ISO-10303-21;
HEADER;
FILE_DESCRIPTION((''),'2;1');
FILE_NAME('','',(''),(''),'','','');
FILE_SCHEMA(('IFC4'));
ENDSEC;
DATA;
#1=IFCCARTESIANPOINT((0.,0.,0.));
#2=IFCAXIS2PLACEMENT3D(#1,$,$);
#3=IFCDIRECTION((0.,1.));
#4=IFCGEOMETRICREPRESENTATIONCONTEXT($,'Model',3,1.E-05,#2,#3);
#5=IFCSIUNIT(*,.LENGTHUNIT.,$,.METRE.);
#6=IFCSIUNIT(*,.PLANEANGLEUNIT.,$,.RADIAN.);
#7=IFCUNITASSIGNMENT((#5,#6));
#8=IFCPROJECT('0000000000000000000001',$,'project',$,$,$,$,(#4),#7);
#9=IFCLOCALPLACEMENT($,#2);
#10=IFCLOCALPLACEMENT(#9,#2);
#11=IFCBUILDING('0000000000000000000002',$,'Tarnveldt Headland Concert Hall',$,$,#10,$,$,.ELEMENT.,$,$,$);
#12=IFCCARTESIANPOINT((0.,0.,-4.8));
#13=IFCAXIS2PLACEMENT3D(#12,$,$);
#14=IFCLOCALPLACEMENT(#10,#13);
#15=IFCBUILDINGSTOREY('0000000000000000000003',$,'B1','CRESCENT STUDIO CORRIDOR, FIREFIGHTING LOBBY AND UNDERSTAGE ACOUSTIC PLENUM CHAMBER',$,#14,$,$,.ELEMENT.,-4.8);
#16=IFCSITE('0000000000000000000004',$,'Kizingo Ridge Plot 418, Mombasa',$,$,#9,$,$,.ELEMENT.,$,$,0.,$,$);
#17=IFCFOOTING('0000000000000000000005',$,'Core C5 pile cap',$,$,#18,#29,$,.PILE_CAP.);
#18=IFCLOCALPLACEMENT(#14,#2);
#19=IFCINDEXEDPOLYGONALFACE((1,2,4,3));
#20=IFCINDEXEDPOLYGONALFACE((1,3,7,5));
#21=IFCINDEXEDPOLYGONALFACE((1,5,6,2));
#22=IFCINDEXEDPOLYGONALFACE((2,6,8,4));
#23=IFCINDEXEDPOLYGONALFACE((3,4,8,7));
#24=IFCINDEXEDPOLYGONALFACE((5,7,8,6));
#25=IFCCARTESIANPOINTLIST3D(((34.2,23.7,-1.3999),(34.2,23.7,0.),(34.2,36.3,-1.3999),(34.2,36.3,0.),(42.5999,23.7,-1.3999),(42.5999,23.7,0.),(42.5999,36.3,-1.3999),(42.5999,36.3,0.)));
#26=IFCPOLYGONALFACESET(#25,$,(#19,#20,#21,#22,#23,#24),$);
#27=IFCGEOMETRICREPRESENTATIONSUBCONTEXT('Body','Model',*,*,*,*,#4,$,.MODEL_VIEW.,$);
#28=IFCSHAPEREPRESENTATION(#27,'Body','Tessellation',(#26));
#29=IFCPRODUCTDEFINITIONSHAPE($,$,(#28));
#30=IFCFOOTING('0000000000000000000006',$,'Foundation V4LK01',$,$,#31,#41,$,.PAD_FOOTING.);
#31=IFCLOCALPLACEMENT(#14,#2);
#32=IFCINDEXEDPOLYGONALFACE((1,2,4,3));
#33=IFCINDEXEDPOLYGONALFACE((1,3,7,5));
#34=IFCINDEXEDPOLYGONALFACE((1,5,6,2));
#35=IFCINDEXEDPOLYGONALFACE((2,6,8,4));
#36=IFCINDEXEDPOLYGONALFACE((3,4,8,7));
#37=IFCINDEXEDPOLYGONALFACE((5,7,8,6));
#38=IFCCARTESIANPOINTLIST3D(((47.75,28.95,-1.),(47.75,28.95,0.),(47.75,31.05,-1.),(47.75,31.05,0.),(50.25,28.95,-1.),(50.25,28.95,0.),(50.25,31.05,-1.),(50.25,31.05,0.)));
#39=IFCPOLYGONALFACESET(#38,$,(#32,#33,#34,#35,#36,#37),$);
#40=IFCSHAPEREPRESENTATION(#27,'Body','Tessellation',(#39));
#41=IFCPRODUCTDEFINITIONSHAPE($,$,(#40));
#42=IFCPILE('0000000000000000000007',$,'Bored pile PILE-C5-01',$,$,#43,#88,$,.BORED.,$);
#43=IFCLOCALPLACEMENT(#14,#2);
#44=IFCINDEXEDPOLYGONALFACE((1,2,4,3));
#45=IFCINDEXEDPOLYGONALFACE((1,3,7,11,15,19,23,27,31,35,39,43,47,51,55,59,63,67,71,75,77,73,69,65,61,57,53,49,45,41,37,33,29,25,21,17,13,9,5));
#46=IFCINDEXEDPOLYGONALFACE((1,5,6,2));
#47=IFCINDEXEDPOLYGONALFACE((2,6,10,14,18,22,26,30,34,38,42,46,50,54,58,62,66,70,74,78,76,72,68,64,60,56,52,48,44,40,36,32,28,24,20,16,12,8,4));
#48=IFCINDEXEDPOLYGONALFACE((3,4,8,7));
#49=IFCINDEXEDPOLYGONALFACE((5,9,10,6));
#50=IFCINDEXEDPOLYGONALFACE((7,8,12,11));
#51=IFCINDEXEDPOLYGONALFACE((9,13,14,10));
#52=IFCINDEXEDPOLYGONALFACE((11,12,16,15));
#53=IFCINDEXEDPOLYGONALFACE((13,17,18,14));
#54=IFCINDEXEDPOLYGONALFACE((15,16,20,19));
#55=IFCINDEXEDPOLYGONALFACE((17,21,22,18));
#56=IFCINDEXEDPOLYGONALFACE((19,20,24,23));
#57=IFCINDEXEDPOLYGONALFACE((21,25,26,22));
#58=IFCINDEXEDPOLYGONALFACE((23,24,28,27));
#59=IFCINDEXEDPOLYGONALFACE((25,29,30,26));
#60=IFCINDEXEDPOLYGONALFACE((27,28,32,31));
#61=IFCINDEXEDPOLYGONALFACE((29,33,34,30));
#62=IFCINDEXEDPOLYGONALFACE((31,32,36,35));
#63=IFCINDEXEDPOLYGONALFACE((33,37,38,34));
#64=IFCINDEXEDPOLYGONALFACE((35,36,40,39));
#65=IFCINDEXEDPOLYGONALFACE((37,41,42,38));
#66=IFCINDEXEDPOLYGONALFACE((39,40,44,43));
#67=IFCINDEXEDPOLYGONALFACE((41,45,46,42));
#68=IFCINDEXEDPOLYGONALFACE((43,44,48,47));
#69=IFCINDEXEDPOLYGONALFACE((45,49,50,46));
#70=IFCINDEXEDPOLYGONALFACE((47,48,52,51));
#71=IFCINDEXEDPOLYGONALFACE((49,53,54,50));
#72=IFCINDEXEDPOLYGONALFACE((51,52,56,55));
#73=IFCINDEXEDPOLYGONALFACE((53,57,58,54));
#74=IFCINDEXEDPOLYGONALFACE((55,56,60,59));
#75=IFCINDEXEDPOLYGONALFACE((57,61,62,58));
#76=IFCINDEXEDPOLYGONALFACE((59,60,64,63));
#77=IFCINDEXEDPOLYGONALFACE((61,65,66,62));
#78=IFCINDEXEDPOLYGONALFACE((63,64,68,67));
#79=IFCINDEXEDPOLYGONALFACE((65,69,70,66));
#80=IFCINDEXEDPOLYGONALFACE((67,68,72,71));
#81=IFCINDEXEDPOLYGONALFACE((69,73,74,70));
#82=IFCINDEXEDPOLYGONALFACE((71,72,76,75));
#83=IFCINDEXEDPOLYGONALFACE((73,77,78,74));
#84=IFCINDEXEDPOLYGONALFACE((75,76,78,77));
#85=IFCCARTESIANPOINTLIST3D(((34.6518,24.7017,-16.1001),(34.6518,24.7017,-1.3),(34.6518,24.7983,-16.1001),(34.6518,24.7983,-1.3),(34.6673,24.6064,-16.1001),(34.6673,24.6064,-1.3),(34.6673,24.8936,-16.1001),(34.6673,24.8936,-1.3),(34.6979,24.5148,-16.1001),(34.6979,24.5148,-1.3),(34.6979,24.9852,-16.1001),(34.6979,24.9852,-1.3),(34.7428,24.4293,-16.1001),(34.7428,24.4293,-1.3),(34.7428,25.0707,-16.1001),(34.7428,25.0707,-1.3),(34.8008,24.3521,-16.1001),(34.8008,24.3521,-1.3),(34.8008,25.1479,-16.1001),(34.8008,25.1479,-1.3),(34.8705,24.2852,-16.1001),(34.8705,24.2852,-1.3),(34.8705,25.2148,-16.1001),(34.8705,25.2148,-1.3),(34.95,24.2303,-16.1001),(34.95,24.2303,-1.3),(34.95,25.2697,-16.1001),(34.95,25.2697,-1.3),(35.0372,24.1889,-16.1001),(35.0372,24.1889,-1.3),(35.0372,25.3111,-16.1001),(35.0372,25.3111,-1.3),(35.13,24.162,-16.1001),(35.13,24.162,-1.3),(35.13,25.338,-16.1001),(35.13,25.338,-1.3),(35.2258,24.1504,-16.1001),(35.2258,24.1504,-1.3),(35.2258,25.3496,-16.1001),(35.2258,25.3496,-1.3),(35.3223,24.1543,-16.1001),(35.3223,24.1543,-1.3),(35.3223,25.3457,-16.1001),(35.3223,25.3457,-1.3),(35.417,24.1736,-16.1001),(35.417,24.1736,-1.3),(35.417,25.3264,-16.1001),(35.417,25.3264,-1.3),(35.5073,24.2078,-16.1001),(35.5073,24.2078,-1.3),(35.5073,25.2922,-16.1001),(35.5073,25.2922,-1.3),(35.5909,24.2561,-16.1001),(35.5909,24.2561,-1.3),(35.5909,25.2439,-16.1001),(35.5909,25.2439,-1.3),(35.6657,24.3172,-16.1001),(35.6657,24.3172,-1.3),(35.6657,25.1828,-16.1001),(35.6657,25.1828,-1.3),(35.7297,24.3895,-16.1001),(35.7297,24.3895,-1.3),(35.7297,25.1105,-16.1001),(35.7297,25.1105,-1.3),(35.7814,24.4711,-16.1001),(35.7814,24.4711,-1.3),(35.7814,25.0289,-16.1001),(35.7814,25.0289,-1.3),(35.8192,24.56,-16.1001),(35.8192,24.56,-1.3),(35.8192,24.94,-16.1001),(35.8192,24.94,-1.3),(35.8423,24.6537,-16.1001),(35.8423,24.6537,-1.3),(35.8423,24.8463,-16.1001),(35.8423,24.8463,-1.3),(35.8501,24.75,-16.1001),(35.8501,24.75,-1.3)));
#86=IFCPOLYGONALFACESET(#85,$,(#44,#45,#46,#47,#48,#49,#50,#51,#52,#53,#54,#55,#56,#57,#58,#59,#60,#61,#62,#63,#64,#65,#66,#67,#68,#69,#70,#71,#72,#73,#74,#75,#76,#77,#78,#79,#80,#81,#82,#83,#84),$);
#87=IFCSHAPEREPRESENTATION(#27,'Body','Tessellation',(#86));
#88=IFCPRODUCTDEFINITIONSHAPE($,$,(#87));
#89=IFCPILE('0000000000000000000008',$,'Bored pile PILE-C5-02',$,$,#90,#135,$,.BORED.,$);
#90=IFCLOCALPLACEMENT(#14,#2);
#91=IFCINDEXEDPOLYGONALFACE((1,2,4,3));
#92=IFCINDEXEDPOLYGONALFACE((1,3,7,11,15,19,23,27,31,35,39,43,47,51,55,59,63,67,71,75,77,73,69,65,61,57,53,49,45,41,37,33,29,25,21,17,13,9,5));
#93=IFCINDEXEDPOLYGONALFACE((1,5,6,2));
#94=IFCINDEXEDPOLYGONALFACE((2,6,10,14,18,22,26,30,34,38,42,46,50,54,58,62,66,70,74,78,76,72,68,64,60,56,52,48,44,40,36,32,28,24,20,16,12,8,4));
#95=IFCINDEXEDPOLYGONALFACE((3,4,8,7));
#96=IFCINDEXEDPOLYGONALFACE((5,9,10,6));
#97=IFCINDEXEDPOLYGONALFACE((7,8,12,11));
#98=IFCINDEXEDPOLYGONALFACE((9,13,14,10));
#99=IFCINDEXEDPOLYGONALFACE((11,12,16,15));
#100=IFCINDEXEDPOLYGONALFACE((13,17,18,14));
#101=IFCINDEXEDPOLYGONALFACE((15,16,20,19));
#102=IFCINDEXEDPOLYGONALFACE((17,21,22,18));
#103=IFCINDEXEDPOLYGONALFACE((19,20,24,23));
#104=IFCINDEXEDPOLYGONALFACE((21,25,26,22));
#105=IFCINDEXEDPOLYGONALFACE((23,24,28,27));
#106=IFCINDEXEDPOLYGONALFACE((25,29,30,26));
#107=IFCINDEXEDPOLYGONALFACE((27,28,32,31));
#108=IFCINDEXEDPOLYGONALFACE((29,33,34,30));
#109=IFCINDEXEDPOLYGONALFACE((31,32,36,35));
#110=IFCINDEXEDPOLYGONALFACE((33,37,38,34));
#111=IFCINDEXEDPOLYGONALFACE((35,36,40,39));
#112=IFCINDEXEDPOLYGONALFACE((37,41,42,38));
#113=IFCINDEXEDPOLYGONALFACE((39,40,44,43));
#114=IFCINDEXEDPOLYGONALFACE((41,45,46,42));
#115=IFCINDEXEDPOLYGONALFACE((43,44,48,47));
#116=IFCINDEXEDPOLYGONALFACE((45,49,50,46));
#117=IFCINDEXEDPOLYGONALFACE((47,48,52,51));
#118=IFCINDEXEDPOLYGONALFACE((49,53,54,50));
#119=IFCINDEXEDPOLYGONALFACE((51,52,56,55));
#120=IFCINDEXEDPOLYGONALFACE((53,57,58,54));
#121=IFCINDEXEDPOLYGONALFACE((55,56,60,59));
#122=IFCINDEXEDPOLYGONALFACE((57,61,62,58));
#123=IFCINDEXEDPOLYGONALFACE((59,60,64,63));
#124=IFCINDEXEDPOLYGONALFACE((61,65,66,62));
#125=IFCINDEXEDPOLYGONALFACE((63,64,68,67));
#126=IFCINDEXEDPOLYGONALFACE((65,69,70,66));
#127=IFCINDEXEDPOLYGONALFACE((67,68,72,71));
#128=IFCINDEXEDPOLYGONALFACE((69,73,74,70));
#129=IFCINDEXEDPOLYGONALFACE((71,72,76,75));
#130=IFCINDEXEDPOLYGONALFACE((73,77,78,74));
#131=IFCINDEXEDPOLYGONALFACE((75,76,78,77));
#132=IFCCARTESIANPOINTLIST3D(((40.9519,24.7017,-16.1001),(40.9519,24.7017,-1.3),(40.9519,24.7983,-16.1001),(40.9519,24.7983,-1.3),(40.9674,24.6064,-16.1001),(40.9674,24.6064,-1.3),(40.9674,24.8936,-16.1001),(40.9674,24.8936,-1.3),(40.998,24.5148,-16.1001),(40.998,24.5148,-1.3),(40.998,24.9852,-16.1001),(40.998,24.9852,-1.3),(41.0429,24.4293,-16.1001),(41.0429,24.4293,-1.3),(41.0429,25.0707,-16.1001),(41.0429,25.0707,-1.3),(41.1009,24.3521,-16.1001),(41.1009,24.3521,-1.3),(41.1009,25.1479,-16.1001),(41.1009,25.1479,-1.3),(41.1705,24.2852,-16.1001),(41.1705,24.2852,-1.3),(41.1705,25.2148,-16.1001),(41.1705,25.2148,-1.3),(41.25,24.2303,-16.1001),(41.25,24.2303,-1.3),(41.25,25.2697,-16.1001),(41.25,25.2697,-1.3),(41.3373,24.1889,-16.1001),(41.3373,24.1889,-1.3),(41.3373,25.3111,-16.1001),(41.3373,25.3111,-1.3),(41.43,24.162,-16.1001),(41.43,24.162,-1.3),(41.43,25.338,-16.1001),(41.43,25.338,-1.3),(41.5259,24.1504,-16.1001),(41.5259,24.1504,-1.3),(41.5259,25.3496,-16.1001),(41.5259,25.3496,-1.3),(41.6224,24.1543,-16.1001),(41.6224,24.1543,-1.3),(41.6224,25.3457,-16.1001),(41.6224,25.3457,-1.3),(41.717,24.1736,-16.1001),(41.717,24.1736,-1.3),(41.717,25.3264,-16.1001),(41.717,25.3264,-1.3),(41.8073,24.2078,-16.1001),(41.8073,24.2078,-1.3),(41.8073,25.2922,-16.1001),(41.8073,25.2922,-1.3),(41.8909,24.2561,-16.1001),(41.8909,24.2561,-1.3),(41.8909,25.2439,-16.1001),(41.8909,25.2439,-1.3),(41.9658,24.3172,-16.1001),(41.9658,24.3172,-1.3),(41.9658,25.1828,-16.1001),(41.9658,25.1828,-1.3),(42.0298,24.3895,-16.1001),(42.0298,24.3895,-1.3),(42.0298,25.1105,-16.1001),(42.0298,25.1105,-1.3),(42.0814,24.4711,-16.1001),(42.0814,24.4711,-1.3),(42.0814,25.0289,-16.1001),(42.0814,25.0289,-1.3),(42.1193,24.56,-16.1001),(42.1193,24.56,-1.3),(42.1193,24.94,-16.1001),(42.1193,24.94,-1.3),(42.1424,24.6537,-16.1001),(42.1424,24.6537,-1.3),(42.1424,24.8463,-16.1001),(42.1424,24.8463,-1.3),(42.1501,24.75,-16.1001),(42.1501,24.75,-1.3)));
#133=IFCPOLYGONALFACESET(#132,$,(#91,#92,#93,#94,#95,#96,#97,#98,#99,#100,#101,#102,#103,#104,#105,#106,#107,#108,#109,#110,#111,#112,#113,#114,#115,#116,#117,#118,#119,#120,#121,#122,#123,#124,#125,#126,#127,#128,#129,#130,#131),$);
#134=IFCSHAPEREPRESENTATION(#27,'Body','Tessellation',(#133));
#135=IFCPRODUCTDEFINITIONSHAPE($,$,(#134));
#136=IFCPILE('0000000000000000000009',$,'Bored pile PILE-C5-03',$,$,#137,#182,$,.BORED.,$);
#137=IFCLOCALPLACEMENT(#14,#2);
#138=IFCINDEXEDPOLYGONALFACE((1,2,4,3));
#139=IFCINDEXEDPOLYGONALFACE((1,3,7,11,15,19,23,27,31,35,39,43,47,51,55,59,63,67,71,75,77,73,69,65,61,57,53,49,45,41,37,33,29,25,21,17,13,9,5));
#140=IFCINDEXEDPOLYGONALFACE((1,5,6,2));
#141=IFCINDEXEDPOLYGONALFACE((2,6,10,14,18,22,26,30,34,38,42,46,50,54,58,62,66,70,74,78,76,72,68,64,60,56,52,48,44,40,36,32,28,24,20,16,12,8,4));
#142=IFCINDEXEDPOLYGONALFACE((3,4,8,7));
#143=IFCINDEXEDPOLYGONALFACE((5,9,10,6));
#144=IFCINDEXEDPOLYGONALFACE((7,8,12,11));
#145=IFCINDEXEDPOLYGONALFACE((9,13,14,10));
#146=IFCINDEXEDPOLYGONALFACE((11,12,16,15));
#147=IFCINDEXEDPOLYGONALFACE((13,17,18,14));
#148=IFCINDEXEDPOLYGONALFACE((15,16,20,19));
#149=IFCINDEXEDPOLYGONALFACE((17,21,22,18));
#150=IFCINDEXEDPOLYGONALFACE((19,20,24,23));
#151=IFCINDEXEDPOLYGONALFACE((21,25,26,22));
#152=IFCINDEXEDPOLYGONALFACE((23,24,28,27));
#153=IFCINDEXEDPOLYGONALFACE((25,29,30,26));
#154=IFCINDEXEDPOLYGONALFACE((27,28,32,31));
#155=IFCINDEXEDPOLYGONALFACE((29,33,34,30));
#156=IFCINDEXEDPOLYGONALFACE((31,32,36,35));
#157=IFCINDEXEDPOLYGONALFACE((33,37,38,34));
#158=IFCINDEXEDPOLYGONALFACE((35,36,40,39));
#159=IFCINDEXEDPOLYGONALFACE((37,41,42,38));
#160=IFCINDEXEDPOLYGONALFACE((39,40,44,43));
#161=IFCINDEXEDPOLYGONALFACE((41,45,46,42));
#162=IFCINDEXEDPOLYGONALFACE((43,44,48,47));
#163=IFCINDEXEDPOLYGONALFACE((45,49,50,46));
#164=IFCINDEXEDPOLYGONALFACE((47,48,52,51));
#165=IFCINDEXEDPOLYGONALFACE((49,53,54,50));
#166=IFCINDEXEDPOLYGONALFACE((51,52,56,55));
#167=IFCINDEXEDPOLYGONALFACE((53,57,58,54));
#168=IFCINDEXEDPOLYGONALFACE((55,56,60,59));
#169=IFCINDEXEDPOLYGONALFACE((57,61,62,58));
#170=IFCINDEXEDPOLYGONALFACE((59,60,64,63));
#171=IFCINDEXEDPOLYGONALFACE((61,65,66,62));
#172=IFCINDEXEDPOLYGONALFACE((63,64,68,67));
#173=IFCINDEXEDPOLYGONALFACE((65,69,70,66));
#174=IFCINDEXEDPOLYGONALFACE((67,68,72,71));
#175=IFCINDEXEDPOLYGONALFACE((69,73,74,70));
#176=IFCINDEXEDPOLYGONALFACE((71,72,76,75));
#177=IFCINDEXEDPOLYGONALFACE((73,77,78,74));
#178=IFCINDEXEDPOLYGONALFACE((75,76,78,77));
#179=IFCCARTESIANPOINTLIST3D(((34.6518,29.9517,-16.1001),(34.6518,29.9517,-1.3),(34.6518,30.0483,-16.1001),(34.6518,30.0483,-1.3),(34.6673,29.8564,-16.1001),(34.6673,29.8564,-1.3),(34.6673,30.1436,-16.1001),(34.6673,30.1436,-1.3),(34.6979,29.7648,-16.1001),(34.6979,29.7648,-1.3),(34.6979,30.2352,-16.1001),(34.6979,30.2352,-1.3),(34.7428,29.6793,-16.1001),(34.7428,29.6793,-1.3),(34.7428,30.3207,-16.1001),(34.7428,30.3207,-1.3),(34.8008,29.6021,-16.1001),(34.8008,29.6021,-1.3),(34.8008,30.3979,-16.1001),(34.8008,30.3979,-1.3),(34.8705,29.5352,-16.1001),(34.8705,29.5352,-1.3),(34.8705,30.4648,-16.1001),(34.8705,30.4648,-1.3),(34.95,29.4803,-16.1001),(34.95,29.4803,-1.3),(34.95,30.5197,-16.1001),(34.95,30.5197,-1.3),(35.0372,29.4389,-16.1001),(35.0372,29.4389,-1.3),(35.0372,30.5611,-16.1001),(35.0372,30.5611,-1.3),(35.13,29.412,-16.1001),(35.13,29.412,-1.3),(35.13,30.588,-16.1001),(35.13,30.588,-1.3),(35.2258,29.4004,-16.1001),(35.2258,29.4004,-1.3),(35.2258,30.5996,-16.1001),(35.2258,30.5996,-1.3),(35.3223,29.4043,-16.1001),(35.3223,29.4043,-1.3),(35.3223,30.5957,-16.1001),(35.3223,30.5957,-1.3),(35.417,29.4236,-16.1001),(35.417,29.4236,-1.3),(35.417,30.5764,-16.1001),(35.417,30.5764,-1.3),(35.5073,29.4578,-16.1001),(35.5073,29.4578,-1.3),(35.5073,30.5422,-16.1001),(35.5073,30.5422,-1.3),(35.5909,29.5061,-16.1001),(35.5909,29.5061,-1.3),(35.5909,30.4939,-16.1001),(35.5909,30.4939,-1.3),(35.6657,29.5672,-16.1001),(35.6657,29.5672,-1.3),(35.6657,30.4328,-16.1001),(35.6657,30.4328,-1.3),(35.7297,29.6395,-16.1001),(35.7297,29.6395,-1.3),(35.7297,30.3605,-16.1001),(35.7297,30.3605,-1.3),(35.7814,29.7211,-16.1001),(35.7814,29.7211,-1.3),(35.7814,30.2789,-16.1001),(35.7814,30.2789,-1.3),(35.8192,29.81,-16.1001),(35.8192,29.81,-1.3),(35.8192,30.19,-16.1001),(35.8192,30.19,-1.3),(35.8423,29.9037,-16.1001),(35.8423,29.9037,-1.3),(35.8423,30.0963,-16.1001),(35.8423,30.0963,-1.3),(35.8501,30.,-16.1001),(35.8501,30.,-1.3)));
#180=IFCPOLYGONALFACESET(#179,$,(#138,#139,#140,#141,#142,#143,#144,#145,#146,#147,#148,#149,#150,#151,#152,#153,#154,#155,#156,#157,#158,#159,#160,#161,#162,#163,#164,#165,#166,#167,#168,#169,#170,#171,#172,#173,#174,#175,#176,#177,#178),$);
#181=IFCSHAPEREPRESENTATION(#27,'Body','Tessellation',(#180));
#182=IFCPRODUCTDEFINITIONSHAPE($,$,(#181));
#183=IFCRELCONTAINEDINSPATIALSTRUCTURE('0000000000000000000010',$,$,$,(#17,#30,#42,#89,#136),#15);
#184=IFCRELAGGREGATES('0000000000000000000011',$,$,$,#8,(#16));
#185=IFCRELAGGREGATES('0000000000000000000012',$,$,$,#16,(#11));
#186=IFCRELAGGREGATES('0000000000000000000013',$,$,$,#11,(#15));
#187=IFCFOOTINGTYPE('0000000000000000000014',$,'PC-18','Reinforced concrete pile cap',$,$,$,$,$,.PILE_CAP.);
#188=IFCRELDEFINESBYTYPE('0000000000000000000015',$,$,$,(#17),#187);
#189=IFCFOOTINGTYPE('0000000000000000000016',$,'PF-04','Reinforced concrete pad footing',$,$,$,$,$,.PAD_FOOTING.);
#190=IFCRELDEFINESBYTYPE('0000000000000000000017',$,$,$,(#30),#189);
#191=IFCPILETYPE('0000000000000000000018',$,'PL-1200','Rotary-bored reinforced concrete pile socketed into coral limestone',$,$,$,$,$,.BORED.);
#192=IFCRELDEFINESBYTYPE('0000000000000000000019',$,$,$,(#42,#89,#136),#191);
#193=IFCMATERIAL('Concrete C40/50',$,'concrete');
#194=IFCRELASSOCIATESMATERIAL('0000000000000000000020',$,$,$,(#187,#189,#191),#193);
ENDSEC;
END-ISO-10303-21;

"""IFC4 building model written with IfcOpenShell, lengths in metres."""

from ifc_helpers import new_model, si_unit, direction, frame, origin, origin_2d, place, context, subcontext, project, spatial, rectangle, circle, extrude, material, material_profile, profile_set, type_object, element, save


model = new_model("IFC4")

# Units and contexts
model_context = context("Model", 3, precision=1e-05, world=origin(), true_north=direction((0.0, 1.0)))
body_context = subcontext(model_context, "Body", "Model", "MODEL_VIEW")
ifc_project = project(units=[si_unit("LENGTHUNIT", "METRE"), si_unit("PLANEANGLEUNIT", "RADIAN")], contexts=[model_context])

# Site, building, storey
site_placement = place(None, origin())
site = spatial("IfcSite", under=ifc_project, at=site_placement, Name="Kizingo Ridge Plot 418, Mombasa", CompositionType="ELEMENT", RefElevation=0.0)
building_placement = place(site_placement, origin())
building = spatial("IfcBuilding", under=site, at=building_placement, Name="Tarnveldt Headland Concert Hall", CompositionType="ELEMENT")
storey_placement = place(building_placement, frame((0.0, 0.0, -4.8)))
storey = spatial("IfcBuildingStorey", under=building, at=storey_placement, Name="B1", Description="CRESCENT STUDIO CORRIDOR, FIREFIGHTING LOBBY AND UNDERSTAGE ACOUSTIC PLENUM CHAMBER", CompositionType="ELEMENT", Elevation=-4.8)

# Footings
ifc_material_1 = material(Name="Concrete C40/50", Category="concrete")
footing_type_1 = type_object("IfcFootingType", Name="PC-18", Description="Reinforced concrete pile cap", PredefinedType="PILE_CAP", material=ifc_material_1)
footing_1_placement = place(storey_placement, frame((38.3999, 30.0, -1.3999), z_axis=(0.0, 0.0, 1.0), x_axis=(1.0, 0.0, 0.0)))
element("IfcFooting", 1, at=footing_1_placement, inside=storey, type_object=footing_type_1, Name="Core C5 pile cap", PredefinedType="PILE_CAP", context=body_context, shape_type="SweptSolid", body=[
    extrude(rectangle(XDim=8.3999, YDim=12.6001, at=origin_2d()), origin(), (0.0, 0.0, 1.0), 1.3999),
])
footing_type_2 = type_object("IfcFootingType", Name="PF-04", Description="Reinforced concrete pad footing", PredefinedType="PAD_FOOTING", material=ifc_material_1)
footing_2_placement = place(storey_placement, frame((49.0, 30.0, -1.0), z_axis=(0.0, 0.0, 1.0), x_axis=(1.0, 0.0, 0.0)))
element("IfcFooting", 2, at=footing_2_placement, inside=storey, type_object=footing_type_2, Name="Foundation V4LK01", PredefinedType="PAD_FOOTING", context=body_context, shape_type="SweptSolid", body=[
    extrude(rectangle(XDim=2.5, YDim=2.1001, at=origin_2d()), origin(), (0.0, 0.0, 1.0), 1.0),
])

# Piles
ifc_material_profile_1 = material_profile(ifc_material_1, circle(Radius=0.6001, at=origin_2d()), Name="BORED PILE D1200", Category="concrete")
ifc_profile_set_1 = profile_set([ifc_material_profile_1], Name="Concrete C40/50")
pile_type = type_object("IfcPileType", Name="PL-1200", Description="Rotary-bored reinforced concrete pile socketed into coral limestone", PredefinedType="BORED", material=ifc_profile_set_1)
for number, where, z_axis, x_axis, name in (
    (3, (35.25, 24.75, -1.3), (0.0, 0.0, -1.0), (1.0, 0.0, 0.0), "Bored pile PILE-C5-01"),
    (4, (41.55, 24.75, -1.3), (0.0, 0.0, -1.0), (1.0, 0.0, 0.0), "Bored pile PILE-C5-02"),
    (5, (35.25, 30.0, -1.3), (0.0, 0.0, -1.0), (1.0, 0.0, 0.0), "Bored pile PILE-C5-03"),
):
    element("IfcPile", number, at=place(storey_placement, frame(where, z_axis=z_axis, x_axis=x_axis)), inside=storey, type_object=pile_type, Name=name, PredefinedType="BORED", context=body_context, shape_type="SweptSolid", body=[
        extrude(circle(Radius=0.6001, at=origin_2d()), origin(), (0.0, 0.0, 1.0), 14.8),
    ])

save(model, "model.ifc")
